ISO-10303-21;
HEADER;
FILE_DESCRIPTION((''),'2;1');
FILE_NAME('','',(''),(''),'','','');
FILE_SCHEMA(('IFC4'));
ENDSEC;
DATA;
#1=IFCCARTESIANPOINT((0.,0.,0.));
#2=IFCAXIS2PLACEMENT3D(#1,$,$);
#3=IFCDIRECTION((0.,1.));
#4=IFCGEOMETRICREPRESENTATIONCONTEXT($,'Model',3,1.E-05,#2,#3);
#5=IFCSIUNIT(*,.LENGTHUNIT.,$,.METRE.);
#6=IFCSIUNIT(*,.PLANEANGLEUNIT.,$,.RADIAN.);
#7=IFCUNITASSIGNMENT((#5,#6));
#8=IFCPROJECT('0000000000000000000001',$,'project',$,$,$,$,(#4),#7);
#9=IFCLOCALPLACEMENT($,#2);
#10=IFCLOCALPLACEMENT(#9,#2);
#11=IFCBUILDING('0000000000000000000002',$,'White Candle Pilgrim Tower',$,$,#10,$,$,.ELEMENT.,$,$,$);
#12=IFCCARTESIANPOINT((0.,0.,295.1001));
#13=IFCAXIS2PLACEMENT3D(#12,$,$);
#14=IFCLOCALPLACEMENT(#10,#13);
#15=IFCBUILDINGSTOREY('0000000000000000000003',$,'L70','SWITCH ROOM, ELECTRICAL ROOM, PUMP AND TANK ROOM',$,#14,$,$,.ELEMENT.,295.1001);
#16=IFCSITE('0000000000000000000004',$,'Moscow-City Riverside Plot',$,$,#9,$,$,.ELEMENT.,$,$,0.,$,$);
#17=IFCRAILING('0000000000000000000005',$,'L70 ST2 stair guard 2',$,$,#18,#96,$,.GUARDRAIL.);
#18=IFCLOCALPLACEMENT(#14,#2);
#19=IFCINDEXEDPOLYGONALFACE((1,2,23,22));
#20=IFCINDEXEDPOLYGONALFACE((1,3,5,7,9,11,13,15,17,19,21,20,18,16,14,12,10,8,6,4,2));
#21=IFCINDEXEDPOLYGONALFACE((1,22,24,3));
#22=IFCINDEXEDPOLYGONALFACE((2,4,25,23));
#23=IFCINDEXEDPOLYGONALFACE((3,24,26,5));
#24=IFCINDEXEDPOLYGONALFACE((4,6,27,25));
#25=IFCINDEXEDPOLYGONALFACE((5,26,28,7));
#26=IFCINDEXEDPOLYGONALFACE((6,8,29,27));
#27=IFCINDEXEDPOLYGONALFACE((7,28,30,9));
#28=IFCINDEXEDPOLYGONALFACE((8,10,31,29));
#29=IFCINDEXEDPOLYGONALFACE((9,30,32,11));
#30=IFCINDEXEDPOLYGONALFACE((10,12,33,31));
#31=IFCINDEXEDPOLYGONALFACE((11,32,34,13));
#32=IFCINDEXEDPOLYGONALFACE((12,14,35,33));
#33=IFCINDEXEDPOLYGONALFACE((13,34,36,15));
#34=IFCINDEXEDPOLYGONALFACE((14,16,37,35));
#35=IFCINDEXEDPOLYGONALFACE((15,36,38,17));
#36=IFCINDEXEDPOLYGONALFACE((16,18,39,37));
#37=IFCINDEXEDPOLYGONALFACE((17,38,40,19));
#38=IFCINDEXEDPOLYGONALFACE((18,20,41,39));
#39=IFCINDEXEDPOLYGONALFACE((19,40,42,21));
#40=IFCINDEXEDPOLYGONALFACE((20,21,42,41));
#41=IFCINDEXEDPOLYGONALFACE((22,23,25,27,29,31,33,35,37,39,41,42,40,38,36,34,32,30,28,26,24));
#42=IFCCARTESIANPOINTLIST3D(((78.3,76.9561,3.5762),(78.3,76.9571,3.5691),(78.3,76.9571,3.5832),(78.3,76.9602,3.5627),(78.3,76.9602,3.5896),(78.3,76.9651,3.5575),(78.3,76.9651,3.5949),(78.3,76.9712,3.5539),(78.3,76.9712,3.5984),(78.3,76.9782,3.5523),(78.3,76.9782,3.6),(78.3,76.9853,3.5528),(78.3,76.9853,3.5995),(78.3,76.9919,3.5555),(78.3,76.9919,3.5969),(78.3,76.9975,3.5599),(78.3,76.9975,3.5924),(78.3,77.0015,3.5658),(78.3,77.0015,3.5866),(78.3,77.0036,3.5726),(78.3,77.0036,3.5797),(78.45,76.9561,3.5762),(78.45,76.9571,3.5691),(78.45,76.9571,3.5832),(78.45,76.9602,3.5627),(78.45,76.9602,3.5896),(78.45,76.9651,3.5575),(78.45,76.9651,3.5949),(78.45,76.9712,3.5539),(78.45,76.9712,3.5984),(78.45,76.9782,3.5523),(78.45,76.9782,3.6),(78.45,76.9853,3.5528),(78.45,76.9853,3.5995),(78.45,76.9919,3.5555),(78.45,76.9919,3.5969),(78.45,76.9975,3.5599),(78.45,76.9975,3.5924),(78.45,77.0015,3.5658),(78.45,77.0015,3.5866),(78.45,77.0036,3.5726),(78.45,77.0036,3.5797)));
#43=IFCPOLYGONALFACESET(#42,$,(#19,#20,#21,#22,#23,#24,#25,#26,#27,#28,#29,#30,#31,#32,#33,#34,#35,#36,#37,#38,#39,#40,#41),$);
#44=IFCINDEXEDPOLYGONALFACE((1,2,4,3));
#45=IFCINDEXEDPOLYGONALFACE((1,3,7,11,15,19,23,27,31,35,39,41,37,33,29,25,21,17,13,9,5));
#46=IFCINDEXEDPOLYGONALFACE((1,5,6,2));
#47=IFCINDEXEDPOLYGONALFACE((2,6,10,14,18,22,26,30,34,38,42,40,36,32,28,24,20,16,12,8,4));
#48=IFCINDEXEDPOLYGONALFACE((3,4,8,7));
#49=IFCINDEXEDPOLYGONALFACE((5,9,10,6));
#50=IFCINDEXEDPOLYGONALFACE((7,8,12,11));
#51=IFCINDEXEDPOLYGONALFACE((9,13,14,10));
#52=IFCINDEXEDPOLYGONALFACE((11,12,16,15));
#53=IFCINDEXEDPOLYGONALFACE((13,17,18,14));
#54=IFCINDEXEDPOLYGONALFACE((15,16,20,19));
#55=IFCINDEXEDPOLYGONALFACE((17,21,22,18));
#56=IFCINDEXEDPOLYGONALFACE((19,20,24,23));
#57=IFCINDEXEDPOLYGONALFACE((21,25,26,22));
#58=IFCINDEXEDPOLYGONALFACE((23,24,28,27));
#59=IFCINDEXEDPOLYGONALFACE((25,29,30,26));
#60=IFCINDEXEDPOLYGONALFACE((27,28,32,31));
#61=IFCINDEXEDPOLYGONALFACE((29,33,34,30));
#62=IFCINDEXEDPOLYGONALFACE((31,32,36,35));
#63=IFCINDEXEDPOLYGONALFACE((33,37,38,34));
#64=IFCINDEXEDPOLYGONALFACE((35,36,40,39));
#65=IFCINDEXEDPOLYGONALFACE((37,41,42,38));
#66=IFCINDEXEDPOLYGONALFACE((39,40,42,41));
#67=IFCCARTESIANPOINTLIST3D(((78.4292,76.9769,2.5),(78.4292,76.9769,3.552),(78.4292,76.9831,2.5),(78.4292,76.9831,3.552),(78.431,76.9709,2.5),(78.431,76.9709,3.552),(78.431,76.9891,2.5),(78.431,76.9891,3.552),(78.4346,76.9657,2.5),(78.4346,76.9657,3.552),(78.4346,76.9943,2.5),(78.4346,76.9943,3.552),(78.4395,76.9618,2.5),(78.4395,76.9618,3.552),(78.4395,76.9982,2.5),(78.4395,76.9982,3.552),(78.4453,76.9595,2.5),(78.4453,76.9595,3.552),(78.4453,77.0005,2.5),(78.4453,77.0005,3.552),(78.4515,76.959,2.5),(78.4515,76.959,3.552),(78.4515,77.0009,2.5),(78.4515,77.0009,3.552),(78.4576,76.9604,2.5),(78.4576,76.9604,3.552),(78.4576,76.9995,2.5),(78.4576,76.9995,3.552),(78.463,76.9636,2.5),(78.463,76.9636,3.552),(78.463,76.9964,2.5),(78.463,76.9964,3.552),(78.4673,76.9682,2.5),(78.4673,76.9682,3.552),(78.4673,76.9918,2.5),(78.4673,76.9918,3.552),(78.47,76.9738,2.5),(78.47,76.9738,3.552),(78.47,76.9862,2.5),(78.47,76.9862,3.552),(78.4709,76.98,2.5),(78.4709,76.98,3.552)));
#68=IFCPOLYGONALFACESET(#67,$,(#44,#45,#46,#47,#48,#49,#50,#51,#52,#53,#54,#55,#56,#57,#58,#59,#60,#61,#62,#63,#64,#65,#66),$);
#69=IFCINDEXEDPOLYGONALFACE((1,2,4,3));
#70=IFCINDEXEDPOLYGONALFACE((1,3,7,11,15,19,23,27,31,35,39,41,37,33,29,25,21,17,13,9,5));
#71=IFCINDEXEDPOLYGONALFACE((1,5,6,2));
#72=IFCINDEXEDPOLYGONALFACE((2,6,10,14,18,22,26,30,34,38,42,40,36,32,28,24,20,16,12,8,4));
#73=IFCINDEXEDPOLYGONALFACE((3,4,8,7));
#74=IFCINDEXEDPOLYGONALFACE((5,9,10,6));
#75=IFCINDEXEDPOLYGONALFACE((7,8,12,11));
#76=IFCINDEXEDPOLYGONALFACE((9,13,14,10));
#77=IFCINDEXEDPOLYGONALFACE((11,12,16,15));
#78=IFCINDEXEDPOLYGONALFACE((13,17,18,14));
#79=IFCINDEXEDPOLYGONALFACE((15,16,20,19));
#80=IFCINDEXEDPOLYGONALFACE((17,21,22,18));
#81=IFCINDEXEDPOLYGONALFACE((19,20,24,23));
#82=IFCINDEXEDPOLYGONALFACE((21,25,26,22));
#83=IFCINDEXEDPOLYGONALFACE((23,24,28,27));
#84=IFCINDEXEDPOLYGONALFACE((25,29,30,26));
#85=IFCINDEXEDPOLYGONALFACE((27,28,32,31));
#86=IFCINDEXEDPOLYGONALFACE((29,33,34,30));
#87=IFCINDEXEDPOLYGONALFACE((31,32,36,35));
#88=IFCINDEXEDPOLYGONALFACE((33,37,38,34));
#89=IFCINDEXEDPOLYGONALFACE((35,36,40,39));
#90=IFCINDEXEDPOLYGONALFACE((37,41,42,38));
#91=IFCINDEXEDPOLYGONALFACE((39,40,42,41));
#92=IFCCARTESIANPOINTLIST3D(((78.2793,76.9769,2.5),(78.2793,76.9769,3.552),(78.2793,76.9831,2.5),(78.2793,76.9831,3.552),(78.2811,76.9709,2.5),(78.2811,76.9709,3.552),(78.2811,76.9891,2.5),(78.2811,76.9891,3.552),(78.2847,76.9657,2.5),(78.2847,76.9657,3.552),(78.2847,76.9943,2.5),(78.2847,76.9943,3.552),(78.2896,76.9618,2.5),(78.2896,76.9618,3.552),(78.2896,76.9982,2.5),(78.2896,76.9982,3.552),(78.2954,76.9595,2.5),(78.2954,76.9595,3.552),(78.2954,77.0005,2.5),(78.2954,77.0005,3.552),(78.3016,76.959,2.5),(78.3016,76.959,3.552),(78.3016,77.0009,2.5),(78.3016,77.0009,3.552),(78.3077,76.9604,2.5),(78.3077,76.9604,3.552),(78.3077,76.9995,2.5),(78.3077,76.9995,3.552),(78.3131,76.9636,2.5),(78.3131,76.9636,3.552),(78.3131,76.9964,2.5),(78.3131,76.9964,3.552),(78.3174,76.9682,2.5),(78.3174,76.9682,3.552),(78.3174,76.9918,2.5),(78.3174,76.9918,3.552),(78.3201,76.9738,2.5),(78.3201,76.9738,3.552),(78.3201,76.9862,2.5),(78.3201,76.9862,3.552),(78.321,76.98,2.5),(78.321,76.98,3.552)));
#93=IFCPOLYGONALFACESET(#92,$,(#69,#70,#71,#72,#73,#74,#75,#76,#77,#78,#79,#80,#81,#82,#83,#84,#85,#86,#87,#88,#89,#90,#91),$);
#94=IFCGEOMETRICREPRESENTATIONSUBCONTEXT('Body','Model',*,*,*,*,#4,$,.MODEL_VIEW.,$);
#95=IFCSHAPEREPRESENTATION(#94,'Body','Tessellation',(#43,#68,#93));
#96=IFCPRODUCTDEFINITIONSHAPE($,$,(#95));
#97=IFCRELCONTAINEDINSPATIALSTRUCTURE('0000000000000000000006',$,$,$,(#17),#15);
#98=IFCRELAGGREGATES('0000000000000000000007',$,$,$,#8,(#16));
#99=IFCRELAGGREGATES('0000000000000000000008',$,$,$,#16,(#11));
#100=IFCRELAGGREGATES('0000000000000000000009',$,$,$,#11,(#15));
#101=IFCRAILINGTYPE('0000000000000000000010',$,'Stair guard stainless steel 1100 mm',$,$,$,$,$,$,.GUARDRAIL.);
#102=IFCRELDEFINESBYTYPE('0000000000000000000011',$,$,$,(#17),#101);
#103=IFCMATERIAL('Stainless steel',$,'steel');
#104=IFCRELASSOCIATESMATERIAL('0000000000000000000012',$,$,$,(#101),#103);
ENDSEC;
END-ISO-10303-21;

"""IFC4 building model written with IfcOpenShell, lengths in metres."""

from ifc_helpers import new_model, si_unit, direction, frame, origin, origin_2d, place, context, subcontext, project, spatial, circle, extrude, material, type_object, element, save


model = new_model("IFC4")

# Units and contexts
model_context = context("Model", 3, precision=1e-05, world=origin(), true_north=direction((0.0, 1.0)))
body_context = subcontext(model_context, "Body", "Model", "MODEL_VIEW")
ifc_project = project(units=[si_unit("LENGTHUNIT", "METRE"), si_unit("PLANEANGLEUNIT", "RADIAN")], contexts=[model_context])

# Site, building, storey
site_placement = place(None, origin())
site = spatial("IfcSite", under=ifc_project, at=site_placement, Name="Moscow-City Riverside Plot", CompositionType="ELEMENT", RefElevation=0.0)
building_placement = place(site_placement, origin())
building = spatial("IfcBuilding", under=site, at=building_placement, Name="White Candle Pilgrim Tower", CompositionType="ELEMENT")
storey_placement = place(building_placement, frame((0.0, 0.0, 295.1001)))
storey = spatial("IfcBuildingStorey", under=building, at=storey_placement, Name="L70", Description="SWITCH ROOM, ELECTRICAL ROOM, PUMP AND TANK ROOM", CompositionType="ELEMENT", Elevation=295.1001)

# Railing
ifc_material_1 = material(Name="Stainless steel", Category="steel")
railing_type_1 = type_object("IfcRailingType", Name="Stair guard stainless steel 1100 mm", PredefinedType="GUARDRAIL", material=ifc_material_1)
railing_1_placement = place(storey_placement, frame((78.45, 76.98, 2.5)))
element("IfcRailing", 1, at=railing_1_placement, inside=storey, type_object=railing_type_1, Name="L70 ST2 stair guard 2", PredefinedType="GUARDRAIL", context=body_context, shape_type="SweptSolid", body=[
    extrude(circle(Radius=0.0239, at=origin_2d()), frame((0.0, 0.0, 1.0762), z_axis=(-1.0, 0.0, 0.0), x_axis=(0.0, -1.0, 0.0)), (0.0, 0.0, 1.0), 0.1499),
    extrude(circle(Radius=0.021, at=origin_2d()), origin(), (0.0, 0.0, 1.0), 1.052),
    extrude(circle(Radius=0.021, at=origin_2d()), frame((-0.1499, 0.0, 0.0)), (0.0, 0.0, 1.0), 1.052),
])

save(model, "model.ifc")
